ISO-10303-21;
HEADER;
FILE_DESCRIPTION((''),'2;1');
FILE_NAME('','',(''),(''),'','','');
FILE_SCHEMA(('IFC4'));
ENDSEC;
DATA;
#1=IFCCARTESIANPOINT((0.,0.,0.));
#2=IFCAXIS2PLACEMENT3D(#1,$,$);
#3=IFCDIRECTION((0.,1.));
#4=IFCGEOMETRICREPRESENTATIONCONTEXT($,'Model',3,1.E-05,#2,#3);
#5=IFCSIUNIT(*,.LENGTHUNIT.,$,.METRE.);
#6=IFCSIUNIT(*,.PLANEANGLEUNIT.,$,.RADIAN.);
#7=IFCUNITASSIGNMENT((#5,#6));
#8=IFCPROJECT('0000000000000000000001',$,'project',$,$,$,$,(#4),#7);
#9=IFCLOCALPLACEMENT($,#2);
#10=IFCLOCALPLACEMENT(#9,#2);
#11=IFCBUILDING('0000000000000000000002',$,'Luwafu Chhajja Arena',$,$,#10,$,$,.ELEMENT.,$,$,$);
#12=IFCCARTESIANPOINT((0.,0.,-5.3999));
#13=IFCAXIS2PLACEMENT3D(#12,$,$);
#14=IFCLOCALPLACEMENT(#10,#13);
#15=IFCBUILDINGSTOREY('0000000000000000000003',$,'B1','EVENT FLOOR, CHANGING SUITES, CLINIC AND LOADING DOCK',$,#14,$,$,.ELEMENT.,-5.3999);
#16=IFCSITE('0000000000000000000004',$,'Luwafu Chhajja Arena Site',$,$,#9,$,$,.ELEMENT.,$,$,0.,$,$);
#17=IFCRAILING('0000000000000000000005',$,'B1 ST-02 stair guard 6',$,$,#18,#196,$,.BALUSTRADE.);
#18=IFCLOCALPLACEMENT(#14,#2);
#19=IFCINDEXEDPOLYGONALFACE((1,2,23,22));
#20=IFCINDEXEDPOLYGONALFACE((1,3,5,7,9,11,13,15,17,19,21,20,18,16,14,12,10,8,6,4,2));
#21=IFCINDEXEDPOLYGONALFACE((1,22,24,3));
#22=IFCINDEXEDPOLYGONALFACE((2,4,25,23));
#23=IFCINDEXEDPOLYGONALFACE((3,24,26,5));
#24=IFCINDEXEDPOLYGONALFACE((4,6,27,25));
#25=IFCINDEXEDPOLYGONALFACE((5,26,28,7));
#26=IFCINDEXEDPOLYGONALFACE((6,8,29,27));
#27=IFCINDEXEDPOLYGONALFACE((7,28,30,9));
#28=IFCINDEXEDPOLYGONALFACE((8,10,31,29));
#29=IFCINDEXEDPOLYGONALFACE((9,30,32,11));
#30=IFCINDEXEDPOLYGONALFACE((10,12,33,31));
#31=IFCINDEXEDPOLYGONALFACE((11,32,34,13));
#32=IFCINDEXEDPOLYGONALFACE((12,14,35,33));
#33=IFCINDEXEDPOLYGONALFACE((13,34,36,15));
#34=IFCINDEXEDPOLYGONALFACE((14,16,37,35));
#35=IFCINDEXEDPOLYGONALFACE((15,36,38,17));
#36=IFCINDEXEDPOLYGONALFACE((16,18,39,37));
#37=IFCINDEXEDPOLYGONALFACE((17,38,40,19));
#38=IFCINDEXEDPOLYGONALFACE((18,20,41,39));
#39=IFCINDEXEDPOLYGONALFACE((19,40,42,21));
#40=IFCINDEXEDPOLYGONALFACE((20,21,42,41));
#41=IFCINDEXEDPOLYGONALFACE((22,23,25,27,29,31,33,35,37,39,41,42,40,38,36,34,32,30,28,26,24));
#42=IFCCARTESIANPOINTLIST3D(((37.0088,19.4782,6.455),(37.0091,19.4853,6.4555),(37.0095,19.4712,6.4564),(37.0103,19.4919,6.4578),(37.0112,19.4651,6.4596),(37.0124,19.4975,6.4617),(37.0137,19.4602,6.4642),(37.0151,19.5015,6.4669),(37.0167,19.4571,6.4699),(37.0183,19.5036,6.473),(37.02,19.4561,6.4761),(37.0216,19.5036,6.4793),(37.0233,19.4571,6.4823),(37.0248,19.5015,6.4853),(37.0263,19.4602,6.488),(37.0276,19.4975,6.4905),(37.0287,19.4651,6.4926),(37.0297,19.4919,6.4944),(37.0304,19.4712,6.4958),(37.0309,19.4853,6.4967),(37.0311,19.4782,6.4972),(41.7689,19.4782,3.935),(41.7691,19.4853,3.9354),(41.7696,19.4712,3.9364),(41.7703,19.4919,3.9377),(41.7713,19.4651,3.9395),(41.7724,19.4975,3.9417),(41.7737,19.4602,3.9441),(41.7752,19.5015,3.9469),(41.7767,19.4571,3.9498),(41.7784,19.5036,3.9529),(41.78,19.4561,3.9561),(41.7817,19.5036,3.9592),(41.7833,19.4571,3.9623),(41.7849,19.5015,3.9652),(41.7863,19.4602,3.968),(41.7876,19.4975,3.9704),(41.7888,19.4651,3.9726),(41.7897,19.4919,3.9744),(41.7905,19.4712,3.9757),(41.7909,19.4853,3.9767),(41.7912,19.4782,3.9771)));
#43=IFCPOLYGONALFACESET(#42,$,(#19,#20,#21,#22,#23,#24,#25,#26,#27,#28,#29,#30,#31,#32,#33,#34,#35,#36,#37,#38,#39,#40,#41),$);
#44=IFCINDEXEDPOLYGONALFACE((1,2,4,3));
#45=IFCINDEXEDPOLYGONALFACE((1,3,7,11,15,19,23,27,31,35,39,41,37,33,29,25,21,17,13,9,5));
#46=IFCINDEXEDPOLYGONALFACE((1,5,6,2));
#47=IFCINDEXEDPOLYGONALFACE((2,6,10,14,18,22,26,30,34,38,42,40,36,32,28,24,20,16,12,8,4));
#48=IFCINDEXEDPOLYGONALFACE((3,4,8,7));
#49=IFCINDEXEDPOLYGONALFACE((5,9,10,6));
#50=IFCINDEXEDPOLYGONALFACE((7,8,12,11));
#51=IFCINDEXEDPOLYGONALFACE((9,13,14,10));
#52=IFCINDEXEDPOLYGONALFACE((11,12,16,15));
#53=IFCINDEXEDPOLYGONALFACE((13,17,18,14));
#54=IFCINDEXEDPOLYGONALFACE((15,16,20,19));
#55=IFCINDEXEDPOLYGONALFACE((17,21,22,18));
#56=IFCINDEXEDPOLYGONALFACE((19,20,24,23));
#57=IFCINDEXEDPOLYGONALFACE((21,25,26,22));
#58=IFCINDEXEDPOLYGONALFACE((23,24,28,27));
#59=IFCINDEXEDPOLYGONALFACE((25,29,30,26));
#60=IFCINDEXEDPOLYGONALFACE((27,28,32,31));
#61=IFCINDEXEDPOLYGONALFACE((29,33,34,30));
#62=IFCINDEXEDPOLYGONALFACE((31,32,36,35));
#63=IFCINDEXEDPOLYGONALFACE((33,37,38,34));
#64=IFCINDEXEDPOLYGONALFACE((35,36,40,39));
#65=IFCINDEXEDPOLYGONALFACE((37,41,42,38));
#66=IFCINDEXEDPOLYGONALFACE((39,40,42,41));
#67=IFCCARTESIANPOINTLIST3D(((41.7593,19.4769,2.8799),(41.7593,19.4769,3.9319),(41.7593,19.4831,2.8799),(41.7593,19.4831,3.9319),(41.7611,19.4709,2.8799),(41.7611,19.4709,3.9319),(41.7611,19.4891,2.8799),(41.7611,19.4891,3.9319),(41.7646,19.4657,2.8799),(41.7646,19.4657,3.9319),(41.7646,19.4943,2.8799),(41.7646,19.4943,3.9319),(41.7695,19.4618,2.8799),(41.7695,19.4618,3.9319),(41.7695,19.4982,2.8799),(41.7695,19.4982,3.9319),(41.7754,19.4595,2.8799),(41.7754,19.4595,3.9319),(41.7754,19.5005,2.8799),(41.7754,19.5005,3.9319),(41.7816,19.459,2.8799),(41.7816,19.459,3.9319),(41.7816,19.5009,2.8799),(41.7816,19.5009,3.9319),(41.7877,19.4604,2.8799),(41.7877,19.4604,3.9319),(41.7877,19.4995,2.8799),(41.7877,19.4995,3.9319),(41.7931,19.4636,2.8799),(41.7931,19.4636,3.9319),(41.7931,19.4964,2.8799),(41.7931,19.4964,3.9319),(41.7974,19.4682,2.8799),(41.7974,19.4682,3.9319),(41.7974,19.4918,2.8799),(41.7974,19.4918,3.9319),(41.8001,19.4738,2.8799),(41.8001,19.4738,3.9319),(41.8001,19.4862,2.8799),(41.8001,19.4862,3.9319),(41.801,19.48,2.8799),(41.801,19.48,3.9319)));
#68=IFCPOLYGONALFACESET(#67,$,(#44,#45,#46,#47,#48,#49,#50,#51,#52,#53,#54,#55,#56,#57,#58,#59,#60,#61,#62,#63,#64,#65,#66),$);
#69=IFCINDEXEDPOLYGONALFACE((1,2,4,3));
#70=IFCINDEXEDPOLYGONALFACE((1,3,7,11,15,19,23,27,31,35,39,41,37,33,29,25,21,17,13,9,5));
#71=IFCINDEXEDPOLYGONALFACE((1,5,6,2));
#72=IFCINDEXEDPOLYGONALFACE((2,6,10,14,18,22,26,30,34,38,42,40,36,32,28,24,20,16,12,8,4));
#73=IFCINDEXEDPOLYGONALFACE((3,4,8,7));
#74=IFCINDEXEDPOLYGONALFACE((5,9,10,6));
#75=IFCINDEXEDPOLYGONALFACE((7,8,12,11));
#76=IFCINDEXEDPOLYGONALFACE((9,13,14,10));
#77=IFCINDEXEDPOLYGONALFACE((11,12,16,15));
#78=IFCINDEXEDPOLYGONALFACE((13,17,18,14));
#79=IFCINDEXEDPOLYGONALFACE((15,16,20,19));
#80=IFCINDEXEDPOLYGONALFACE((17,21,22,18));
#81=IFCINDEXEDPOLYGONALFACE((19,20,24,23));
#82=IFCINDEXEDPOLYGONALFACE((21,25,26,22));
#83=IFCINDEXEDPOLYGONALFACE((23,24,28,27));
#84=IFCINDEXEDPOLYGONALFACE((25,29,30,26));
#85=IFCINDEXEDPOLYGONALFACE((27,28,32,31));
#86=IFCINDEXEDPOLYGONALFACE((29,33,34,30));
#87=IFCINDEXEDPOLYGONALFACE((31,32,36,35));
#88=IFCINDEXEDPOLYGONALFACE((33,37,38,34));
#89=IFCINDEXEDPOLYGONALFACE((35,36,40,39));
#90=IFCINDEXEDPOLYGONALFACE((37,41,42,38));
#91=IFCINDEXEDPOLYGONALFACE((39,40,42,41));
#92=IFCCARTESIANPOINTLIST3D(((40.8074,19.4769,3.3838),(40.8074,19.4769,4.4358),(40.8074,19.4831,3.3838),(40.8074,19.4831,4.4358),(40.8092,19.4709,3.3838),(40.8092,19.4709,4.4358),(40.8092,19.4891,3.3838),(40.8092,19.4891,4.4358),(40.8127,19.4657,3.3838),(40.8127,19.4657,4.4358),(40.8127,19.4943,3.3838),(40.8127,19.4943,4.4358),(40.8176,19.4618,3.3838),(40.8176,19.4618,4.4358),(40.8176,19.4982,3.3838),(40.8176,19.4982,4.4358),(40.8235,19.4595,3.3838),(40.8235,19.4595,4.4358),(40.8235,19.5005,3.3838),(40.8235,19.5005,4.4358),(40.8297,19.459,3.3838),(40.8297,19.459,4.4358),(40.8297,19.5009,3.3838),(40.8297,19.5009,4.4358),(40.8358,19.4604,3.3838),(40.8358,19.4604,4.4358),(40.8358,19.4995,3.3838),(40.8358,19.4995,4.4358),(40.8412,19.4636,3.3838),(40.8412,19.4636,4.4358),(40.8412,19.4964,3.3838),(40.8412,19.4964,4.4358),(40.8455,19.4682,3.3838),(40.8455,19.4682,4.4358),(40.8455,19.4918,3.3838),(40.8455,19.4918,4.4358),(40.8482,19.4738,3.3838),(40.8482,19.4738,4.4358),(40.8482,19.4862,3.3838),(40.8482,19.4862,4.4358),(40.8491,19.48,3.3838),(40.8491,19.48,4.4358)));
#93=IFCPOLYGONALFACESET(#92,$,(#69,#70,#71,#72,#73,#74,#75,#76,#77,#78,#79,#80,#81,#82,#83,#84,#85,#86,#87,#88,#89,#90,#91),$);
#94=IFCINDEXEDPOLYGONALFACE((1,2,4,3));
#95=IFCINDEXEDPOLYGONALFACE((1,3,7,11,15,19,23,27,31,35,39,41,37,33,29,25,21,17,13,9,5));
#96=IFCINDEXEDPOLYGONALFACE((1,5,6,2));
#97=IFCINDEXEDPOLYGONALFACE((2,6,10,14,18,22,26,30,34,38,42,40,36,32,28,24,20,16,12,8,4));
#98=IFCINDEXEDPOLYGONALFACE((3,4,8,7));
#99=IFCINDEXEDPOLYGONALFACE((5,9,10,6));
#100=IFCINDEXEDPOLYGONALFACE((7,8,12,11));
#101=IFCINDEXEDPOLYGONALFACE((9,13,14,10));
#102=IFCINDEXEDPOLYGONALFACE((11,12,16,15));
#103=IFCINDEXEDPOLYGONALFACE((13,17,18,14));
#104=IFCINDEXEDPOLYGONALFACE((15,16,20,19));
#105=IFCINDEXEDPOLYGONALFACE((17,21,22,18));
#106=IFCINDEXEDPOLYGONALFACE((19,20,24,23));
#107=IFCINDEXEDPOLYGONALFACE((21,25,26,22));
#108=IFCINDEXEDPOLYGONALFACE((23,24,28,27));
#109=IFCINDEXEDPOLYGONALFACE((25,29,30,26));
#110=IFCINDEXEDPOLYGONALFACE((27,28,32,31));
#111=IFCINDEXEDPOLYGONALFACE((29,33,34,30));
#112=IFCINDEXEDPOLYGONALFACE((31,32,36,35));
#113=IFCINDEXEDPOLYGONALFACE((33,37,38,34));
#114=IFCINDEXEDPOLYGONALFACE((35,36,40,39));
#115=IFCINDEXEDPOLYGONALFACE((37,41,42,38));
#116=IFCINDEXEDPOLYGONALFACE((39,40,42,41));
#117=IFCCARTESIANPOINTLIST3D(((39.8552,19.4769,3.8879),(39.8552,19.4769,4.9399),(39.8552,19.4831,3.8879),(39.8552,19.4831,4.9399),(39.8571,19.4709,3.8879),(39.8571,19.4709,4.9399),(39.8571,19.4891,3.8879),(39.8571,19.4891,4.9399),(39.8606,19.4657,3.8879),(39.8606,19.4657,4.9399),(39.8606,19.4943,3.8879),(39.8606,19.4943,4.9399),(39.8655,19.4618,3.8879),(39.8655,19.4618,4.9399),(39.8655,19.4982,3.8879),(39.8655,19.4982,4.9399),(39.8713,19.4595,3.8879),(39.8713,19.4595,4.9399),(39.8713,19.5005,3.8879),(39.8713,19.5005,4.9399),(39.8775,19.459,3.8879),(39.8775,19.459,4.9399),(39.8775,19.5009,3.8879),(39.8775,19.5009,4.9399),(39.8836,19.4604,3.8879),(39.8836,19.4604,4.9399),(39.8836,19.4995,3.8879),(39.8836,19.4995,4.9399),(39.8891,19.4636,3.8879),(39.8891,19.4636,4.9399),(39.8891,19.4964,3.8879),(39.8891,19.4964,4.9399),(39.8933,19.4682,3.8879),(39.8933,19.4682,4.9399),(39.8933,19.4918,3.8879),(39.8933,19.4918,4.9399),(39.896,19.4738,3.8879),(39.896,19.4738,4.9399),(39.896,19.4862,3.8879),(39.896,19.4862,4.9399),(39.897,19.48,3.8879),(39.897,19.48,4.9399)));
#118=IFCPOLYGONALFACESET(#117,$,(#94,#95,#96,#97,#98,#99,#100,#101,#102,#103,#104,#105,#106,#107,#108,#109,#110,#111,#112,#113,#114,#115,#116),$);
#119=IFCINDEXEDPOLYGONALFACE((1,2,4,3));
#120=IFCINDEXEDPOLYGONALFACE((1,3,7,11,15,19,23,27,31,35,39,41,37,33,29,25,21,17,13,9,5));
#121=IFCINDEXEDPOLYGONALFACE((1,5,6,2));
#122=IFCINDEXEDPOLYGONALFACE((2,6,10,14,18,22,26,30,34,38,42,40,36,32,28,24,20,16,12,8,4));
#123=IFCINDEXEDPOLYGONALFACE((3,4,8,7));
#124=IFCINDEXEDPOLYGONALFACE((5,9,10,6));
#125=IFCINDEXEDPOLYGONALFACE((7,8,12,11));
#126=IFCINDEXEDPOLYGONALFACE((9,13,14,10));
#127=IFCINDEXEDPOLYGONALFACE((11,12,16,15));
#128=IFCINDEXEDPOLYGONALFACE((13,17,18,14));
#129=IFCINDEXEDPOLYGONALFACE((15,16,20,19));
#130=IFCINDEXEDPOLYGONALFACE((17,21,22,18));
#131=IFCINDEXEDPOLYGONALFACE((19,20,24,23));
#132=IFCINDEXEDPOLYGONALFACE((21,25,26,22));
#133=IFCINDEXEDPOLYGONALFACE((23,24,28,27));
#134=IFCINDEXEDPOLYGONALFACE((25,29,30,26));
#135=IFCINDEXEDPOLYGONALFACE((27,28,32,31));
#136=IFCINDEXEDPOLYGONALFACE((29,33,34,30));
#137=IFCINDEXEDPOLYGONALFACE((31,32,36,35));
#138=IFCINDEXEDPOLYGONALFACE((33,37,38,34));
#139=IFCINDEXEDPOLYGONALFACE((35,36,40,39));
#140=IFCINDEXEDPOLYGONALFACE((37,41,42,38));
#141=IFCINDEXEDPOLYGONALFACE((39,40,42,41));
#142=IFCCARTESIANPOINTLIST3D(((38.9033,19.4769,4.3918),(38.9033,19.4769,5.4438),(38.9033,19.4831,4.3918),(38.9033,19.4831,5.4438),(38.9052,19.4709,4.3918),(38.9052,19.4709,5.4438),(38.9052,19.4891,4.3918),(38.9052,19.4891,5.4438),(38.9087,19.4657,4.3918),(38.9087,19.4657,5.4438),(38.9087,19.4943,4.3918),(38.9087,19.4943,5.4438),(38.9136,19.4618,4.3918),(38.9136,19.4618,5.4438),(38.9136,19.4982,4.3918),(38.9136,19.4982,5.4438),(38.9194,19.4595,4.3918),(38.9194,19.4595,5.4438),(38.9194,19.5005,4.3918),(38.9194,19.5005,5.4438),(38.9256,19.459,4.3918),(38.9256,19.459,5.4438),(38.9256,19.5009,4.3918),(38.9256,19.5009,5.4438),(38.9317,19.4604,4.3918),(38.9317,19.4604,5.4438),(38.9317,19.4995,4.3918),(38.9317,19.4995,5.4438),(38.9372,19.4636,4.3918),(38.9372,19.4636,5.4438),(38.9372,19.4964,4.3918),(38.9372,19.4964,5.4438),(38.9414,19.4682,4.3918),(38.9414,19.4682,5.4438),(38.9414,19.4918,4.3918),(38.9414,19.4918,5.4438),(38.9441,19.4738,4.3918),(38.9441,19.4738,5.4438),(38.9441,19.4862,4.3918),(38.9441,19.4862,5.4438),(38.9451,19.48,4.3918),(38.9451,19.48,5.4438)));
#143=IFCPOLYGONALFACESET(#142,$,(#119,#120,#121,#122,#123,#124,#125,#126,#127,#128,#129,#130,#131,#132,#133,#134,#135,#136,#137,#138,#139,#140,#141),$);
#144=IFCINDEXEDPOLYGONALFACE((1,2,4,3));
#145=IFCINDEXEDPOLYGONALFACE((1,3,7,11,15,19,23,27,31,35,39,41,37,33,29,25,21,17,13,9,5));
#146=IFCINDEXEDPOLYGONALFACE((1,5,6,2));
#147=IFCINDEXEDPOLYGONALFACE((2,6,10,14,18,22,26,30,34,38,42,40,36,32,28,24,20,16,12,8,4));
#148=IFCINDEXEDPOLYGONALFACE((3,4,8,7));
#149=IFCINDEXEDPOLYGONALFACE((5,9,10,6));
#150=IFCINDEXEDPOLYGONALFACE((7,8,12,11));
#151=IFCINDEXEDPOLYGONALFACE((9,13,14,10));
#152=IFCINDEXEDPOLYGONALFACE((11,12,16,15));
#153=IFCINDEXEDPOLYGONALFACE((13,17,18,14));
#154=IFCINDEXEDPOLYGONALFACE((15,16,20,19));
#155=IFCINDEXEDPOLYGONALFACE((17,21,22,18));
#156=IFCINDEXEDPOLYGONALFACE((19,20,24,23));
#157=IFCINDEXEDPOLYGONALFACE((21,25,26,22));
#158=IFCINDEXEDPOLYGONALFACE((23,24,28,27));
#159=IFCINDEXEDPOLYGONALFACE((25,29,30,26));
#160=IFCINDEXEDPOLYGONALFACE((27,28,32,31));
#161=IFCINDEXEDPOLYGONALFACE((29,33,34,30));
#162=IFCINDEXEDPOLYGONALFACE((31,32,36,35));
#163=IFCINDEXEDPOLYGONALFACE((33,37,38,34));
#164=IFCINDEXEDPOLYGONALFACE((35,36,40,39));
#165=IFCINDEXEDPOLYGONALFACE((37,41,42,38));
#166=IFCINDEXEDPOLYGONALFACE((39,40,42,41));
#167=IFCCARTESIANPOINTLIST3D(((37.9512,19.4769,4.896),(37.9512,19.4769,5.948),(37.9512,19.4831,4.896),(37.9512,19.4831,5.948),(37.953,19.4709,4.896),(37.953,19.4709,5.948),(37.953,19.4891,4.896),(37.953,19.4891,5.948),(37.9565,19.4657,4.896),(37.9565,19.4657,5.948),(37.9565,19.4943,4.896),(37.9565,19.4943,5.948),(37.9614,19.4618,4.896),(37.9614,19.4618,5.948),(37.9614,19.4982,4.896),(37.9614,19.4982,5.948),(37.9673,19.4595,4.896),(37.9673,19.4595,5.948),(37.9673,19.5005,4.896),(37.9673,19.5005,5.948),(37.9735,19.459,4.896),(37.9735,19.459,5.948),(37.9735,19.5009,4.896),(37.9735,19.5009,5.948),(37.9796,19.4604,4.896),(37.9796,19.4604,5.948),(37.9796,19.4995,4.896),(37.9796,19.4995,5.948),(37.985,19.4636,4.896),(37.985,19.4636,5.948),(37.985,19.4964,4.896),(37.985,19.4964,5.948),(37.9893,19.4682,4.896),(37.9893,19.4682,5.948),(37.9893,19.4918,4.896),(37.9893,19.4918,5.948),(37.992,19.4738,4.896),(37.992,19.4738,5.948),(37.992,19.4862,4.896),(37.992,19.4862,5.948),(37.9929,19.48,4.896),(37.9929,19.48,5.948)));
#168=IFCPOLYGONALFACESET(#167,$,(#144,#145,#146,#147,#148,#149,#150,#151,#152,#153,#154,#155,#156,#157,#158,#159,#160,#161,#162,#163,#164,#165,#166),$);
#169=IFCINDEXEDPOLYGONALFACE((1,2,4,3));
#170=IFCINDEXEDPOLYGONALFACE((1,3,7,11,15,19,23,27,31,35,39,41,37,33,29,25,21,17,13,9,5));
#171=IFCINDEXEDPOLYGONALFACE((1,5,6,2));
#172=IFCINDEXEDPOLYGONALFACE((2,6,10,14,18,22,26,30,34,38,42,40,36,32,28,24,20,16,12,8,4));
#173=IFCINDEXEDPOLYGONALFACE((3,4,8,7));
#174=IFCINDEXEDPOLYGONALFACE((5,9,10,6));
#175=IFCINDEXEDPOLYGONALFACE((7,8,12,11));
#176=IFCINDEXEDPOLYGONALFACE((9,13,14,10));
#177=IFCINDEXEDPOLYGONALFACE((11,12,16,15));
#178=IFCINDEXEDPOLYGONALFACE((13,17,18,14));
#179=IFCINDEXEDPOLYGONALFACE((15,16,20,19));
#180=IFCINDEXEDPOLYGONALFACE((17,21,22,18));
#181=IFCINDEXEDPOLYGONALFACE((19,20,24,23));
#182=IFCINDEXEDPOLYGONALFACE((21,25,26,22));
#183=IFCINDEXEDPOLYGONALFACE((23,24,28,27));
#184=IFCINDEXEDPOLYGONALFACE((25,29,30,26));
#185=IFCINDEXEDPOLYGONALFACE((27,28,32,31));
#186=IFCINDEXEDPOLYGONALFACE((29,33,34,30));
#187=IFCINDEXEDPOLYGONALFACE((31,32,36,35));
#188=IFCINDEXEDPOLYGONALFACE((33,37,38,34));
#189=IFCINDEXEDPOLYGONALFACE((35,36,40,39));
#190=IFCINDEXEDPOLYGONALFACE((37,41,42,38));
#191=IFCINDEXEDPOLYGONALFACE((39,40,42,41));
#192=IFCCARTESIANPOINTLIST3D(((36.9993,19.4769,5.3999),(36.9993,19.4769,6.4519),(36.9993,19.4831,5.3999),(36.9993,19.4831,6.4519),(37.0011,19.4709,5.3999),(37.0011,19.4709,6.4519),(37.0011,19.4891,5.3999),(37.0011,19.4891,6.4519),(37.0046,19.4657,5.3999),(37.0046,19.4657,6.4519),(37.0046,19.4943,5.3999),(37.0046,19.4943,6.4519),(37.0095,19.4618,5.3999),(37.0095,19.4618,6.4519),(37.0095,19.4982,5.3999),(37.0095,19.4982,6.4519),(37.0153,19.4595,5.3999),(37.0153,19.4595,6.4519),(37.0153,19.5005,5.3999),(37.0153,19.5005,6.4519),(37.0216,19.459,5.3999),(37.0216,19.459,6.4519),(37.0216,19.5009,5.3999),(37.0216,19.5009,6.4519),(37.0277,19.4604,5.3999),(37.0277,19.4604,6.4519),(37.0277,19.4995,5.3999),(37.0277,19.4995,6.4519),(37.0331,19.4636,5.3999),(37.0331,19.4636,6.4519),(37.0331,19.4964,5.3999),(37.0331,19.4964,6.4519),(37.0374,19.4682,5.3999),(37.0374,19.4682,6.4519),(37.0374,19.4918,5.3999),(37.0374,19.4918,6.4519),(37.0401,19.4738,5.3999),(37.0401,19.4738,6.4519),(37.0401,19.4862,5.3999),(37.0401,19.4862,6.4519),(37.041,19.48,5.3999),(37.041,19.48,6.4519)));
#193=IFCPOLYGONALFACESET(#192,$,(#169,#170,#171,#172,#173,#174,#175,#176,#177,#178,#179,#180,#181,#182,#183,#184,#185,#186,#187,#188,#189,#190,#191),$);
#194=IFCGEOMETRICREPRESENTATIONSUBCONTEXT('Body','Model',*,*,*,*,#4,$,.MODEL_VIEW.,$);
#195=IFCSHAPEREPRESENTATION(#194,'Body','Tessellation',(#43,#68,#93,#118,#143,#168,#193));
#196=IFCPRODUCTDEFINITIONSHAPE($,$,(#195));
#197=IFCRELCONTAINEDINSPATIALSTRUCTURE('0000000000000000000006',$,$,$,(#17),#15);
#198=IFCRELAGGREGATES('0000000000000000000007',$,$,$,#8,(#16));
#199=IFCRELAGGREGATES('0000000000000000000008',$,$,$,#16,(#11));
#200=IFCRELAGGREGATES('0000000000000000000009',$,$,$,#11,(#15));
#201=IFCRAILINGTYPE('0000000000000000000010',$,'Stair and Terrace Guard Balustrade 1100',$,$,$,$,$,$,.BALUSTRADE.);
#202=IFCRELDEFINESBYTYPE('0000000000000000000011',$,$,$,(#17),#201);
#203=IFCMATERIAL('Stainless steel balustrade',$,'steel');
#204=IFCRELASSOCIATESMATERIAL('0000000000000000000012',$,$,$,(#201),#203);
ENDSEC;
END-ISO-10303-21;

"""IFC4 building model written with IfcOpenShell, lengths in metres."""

from ifc_helpers import new_model, si_unit, direction, frame, origin, origin_2d, place, context, subcontext, project, spatial, circle, extrude, material, type_object, element, save


model = new_model("IFC4")

# Units and contexts
model_context = context("Model", 3, precision=1e-05, world=origin(), true_north=direction((0.0, 1.0)))
body_context = subcontext(model_context, "Body", "Model", "MODEL_VIEW")
ifc_project = project(units=[si_unit("LENGTHUNIT", "METRE"), si_unit("PLANEANGLEUNIT", "RADIAN")], contexts=[model_context])

# Site, building, storey
site_placement = place(None, origin())
site = spatial("IfcSite", under=ifc_project, at=site_placement, Name="Luwafu Chhajja Arena Site", CompositionType="ELEMENT", RefElevation=0.0)
building_placement = place(site_placement, origin())
building = spatial("IfcBuilding", under=site, at=building_placement, Name="Luwafu Chhajja Arena", CompositionType="ELEMENT")
storey_placement = place(building_placement, frame((0.0, 0.0, -5.3999)))
storey = spatial("IfcBuildingStorey", under=building, at=storey_placement, Name="B1", Description="EVENT FLOOR, CHANGING SUITES, CLINIC AND LOADING DOCK", CompositionType="ELEMENT", Elevation=-5.3999)

# Railing
ifc_material_1 = material(Name="Stainless steel balustrade", Category="steel")
railing_type_1 = type_object("IfcRailingType", Name="Stair and Terrace Guard Balustrade 1100", PredefinedType="BALUSTRADE", material=ifc_material_1)
railing_1_placement = place(storey_placement, frame((41.78, 19.48, 2.8799)))
element("IfcRailing", 1, at=railing_1_placement, inside=storey, type_object=railing_type_1, Name="B1 ST-02 stair guard 6", PredefinedType="BALUSTRADE", context=body_context, shape_type="SweptSolid", body=[
    extrude(circle(Radius=0.0239, at=origin_2d()), frame((0.0, 0.0, 1.0762), z_axis=(-0.883787, 0.0, 0.46789), x_axis=(0.0, -1.0, 0.0)), (0.0, 0.0, 1.0), 5.386),
    extrude(circle(Radius=0.021, at=origin_2d()), origin(), (0.0, 0.0, 1.0), 1.052),
    extrude(circle(Radius=0.021, at=origin_2d()), frame((-0.9519, 0.0, 0.5039)), (0.0, 0.0, 1.0), 1.052),
    extrude(circle(Radius=0.021, at=origin_2d()), frame((-1.9041, 0.0, 1.0081)), (0.0, 0.0, 1.0), 1.052),
    extrude(circle(Radius=0.021, at=origin_2d()), frame((-2.856, 0.0, 1.512)), (0.0, 0.0, 1.0), 1.052),
    extrude(circle(Radius=0.021, at=origin_2d()), frame((-3.8081, 0.0, 2.0161)), (0.0, 0.0, 1.0), 1.052),
    extrude(circle(Radius=0.021, at=origin_2d()), frame((-4.76, 0.0, 2.52)), (0.0, 0.0, 1.0), 1.052),
])

save(model, "model.ifc")
